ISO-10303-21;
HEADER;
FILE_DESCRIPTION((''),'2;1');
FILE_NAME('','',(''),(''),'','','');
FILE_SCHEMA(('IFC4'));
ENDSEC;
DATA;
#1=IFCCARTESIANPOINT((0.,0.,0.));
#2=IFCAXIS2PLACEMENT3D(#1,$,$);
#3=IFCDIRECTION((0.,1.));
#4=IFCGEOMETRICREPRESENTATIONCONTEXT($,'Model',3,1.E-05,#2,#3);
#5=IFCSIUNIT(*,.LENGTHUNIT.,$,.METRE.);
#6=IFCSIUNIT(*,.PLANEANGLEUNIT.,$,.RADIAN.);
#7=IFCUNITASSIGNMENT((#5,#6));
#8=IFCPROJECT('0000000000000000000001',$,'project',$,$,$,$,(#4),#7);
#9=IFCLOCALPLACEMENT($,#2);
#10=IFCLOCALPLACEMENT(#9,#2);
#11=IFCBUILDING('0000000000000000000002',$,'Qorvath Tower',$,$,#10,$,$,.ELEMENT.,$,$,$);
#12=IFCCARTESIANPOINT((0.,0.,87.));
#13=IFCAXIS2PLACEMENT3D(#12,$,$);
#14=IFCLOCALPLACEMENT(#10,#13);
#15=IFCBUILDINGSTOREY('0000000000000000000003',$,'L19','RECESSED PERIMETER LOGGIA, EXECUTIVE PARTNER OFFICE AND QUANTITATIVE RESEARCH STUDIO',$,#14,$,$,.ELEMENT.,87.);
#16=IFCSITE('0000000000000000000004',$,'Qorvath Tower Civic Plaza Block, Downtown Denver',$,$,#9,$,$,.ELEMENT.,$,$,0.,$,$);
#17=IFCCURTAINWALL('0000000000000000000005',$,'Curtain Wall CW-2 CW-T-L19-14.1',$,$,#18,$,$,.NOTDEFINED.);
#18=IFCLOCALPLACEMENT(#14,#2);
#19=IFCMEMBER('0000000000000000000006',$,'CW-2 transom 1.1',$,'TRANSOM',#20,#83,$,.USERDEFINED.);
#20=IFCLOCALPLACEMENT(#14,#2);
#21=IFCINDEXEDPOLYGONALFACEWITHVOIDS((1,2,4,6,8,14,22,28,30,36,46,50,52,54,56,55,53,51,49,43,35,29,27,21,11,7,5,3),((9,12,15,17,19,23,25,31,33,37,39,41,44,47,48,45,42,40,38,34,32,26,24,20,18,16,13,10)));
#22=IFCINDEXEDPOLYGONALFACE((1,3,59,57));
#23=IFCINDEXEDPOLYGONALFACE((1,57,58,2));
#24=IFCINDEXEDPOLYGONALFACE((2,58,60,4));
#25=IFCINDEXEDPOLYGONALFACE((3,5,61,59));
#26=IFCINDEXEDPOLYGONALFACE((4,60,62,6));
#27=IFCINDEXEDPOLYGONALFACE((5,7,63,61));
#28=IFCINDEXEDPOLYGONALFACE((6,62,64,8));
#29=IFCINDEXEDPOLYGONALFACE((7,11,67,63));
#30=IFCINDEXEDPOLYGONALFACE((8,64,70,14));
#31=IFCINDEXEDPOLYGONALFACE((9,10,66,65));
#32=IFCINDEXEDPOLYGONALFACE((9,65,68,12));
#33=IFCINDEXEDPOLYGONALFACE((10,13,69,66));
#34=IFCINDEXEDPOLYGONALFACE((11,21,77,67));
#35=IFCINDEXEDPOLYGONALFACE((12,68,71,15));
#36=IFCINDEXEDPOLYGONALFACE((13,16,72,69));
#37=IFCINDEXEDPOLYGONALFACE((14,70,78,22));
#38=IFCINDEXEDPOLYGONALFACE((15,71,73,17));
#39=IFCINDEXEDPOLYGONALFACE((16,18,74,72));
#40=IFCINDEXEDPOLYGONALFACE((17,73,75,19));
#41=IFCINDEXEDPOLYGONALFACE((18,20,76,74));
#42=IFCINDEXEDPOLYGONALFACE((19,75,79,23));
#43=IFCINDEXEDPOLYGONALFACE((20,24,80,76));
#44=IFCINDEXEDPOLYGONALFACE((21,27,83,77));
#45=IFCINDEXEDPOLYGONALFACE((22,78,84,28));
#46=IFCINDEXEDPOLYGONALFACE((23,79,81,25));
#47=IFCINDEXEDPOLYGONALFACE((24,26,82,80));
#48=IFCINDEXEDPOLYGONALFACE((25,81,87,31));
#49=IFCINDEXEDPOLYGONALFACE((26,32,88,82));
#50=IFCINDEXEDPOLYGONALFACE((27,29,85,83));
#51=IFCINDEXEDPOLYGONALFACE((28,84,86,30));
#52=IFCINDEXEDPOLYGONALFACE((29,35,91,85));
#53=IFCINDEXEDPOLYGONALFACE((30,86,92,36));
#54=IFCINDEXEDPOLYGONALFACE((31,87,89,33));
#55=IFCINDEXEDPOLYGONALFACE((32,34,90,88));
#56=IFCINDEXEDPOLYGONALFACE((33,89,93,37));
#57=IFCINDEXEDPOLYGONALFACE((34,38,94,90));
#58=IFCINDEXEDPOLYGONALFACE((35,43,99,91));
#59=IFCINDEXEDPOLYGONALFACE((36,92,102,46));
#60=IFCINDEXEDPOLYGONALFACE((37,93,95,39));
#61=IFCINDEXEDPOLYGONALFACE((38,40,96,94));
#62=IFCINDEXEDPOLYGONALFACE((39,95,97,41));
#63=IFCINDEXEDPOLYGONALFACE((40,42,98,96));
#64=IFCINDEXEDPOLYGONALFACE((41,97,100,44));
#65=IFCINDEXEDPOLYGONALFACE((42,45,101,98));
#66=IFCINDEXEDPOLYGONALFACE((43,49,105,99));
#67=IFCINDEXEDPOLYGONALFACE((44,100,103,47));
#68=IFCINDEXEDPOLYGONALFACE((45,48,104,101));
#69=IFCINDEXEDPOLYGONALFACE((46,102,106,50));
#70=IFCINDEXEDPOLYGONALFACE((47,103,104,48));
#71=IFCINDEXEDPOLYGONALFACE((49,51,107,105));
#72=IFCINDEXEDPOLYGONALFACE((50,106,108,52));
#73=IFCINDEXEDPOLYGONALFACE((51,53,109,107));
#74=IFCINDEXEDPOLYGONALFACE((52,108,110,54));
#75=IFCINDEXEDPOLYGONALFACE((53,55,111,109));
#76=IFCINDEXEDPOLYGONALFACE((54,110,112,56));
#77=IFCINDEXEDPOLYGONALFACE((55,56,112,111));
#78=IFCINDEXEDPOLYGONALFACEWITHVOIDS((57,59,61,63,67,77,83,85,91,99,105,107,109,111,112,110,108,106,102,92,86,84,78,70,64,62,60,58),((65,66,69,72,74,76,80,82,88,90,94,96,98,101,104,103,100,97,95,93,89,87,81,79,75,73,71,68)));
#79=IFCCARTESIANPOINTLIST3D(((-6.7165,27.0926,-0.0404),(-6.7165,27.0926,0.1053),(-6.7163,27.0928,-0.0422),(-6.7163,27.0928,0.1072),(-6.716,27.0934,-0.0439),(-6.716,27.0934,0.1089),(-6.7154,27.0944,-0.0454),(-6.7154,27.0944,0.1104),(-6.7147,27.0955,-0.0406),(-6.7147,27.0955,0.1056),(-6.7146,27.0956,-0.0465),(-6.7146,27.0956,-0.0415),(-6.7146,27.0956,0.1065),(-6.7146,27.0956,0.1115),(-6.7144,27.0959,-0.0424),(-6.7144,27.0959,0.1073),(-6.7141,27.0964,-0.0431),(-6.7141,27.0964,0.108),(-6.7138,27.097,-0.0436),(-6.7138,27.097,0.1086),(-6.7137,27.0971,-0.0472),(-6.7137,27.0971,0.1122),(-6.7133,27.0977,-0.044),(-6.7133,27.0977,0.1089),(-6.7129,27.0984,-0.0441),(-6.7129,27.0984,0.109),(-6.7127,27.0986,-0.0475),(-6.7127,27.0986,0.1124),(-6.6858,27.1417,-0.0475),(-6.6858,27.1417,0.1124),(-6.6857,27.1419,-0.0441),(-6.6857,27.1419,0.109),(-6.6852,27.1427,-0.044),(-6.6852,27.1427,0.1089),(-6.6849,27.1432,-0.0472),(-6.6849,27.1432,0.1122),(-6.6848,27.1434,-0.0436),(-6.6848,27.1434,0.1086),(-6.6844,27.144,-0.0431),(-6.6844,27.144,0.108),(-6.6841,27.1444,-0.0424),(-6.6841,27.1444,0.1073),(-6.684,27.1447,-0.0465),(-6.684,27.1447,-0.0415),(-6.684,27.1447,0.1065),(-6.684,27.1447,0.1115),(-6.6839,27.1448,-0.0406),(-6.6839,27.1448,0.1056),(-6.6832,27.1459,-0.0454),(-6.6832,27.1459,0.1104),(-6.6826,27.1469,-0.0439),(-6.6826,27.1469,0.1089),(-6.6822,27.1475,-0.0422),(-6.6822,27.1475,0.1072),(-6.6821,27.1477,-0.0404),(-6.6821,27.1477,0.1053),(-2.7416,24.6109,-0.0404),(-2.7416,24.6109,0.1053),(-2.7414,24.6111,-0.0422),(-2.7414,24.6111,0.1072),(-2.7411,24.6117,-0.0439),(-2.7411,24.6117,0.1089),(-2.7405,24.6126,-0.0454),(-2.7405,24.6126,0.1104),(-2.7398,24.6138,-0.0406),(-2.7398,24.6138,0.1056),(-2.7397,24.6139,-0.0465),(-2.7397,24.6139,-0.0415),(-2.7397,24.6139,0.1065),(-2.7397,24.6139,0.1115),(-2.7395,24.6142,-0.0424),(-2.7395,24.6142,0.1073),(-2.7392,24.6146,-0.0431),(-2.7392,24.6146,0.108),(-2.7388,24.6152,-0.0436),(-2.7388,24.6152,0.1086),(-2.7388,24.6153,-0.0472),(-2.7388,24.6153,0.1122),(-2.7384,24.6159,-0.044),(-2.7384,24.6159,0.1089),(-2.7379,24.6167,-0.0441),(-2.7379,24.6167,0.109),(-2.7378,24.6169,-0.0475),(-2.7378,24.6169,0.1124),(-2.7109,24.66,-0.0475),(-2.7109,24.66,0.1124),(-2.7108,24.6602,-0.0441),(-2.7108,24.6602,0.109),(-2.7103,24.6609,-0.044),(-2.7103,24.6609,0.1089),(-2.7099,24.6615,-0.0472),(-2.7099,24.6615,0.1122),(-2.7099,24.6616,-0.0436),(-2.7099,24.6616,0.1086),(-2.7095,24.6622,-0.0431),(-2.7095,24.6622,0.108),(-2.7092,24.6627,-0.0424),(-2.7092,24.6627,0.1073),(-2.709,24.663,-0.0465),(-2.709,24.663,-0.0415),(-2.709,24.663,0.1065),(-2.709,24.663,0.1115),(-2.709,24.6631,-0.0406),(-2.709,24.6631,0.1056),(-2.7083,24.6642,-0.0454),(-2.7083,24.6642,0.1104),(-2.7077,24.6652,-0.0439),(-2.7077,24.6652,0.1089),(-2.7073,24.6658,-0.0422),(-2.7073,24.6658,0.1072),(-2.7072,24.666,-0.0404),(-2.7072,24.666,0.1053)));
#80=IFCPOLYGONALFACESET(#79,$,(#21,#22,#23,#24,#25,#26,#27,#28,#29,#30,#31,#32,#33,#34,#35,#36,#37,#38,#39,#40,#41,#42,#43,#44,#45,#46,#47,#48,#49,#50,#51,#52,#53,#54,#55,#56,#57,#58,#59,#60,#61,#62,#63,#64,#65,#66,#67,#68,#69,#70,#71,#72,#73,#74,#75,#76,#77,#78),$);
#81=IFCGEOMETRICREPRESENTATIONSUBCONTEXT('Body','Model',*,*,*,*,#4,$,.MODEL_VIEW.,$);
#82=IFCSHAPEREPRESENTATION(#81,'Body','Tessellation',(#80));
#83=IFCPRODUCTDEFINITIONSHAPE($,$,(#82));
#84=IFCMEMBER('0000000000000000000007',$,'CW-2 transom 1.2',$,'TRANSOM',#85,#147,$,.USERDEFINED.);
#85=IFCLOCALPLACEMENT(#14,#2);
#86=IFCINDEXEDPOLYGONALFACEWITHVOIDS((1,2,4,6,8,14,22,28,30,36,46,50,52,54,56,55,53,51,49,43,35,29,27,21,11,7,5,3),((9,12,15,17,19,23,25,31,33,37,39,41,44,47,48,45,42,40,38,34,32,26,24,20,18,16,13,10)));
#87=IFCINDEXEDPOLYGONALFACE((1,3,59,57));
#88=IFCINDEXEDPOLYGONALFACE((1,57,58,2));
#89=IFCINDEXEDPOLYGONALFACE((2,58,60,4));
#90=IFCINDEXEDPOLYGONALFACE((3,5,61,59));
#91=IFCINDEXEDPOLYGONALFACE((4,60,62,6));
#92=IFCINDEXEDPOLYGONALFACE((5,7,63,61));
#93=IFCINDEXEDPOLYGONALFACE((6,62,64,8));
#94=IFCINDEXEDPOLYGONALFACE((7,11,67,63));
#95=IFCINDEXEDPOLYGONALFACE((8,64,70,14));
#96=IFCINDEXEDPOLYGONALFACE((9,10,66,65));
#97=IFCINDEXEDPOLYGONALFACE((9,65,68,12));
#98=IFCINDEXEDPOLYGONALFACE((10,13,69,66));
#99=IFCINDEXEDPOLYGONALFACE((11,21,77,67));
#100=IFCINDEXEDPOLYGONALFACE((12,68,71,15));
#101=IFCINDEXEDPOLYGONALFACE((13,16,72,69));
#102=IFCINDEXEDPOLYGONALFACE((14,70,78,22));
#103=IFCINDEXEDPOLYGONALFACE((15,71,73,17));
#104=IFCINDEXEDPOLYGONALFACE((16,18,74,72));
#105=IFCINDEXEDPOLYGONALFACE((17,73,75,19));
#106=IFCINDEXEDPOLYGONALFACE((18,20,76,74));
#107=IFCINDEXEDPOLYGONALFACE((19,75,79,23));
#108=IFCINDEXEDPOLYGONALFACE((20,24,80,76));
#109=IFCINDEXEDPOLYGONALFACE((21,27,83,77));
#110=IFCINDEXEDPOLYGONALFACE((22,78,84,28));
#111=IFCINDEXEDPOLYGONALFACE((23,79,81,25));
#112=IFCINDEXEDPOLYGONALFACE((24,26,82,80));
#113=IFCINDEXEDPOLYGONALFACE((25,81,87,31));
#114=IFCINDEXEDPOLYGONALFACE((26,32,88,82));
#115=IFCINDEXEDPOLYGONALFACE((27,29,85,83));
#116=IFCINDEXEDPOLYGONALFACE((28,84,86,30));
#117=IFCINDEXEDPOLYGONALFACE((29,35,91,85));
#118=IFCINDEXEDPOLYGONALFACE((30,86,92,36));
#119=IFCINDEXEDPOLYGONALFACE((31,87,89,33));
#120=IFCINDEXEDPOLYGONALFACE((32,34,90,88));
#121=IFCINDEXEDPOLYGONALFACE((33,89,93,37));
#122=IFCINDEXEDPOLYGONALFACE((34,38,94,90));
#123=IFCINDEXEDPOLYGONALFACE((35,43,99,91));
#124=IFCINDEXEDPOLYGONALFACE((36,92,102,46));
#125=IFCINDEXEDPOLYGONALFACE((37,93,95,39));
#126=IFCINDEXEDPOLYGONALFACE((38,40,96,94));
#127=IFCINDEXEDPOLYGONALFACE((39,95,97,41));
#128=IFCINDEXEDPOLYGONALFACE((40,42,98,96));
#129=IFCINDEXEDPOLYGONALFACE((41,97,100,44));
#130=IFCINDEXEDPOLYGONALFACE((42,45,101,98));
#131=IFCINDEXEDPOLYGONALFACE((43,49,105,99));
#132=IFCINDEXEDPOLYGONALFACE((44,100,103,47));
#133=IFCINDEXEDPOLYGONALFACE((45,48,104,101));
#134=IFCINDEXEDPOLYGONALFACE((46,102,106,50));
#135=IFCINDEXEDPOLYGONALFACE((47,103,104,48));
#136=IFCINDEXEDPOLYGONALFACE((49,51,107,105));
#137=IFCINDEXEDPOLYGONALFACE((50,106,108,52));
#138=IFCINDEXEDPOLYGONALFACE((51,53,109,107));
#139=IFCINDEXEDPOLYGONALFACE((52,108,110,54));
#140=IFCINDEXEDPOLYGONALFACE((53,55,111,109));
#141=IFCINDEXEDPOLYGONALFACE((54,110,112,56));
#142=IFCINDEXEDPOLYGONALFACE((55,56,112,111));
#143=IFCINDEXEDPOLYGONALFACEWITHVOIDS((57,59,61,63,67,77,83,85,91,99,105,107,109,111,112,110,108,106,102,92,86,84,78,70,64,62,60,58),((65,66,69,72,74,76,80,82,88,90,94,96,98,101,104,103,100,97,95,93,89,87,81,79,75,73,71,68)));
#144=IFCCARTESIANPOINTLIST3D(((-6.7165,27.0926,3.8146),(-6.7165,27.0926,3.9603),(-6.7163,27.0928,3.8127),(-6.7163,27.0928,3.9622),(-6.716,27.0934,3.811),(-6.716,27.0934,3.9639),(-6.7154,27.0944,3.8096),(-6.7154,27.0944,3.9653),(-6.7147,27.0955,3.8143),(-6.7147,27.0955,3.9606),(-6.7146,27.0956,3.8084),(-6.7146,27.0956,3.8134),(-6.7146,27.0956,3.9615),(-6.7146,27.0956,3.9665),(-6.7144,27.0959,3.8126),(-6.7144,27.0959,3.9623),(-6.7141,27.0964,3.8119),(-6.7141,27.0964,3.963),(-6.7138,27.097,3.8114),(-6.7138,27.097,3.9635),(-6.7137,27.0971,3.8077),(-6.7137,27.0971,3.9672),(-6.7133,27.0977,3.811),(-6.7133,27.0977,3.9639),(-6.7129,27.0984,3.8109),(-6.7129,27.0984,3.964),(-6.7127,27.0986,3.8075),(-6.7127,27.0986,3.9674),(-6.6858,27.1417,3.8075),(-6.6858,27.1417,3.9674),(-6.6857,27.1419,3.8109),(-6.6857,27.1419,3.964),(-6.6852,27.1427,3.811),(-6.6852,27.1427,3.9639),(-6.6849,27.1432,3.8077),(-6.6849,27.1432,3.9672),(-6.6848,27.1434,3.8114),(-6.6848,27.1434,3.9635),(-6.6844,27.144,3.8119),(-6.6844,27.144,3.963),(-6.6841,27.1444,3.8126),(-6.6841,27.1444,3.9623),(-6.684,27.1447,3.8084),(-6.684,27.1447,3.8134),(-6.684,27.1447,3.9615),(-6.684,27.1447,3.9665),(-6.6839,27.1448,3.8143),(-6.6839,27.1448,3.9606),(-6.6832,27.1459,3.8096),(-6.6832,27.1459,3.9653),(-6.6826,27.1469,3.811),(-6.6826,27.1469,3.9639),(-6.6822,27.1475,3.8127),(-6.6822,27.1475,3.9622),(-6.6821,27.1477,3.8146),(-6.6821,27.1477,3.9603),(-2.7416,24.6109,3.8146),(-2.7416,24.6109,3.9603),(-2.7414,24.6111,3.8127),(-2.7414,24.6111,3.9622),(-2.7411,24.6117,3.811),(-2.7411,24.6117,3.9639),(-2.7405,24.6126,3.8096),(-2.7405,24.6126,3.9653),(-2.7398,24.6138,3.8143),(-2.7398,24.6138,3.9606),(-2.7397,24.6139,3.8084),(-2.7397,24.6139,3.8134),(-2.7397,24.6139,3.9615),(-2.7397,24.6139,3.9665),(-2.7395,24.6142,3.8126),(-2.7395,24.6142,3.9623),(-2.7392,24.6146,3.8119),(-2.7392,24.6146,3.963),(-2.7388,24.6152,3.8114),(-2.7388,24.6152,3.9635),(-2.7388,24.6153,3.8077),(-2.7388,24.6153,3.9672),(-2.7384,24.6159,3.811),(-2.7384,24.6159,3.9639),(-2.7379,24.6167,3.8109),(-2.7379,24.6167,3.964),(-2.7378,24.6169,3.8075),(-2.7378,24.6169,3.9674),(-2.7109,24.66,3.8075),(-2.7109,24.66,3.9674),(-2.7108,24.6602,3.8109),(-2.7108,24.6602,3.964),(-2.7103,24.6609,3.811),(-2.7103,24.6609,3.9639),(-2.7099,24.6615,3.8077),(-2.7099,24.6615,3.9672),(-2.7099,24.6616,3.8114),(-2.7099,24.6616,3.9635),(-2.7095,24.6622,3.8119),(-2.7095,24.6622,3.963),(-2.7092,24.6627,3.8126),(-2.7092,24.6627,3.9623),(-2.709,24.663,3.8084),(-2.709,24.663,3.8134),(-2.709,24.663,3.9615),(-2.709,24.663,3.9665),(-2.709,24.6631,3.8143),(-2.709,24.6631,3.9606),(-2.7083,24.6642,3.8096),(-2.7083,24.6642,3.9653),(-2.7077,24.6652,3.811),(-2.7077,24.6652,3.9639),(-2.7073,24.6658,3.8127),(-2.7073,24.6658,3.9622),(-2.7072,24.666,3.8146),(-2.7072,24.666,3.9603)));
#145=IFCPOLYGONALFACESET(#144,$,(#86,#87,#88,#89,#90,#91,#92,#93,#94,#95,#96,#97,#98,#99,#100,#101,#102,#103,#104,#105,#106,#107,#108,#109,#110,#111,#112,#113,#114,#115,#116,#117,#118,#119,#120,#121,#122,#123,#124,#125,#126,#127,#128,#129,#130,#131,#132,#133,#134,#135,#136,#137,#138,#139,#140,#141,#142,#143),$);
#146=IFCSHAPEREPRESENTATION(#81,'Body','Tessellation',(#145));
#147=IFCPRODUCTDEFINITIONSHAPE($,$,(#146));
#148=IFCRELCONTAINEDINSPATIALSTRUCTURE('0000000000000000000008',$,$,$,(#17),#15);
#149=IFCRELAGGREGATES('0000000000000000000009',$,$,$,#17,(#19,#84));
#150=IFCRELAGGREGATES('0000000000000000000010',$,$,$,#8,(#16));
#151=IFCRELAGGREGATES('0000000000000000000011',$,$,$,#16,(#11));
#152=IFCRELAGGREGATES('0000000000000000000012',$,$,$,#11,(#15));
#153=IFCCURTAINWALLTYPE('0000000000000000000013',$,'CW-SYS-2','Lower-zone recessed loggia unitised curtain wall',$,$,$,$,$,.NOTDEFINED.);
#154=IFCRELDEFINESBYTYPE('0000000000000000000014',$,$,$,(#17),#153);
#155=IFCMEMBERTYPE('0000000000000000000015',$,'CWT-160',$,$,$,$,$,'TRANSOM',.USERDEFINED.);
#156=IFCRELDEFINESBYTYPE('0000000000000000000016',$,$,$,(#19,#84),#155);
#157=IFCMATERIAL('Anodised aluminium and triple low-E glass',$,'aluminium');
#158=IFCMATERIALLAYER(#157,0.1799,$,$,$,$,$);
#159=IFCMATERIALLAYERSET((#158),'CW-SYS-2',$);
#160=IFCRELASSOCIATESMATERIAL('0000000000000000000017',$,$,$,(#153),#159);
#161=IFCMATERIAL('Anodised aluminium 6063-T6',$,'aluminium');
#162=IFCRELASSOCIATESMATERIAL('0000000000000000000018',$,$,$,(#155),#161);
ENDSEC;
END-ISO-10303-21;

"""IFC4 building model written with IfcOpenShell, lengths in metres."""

from ifc_helpers import new_model, si_unit, direction, frame, origin, origin_2d, place, context, subcontext, project, spatial, hollow_rectangle, extrude, material, layer, layer_set, material_profile, profile_set, type_object, element, aggregate, save


model = new_model("IFC4")

# Units and contexts
model_context = context("Model", 3, precision=1e-05, world=origin(), true_north=direction((0.0, 1.0)))
body_context = subcontext(model_context, "Body", "Model", "MODEL_VIEW")
ifc_project = project(units=[si_unit("LENGTHUNIT", "METRE"), si_unit("PLANEANGLEUNIT", "RADIAN")], contexts=[model_context])

# Site, building, storey
site_placement = place(None, origin())
site = spatial("IfcSite", under=ifc_project, at=site_placement, Name="Qorvath Tower Civic Plaza Block, Downtown Denver", CompositionType="ELEMENT", RefElevation=0.0)
building_placement = place(site_placement, origin())
building = spatial("IfcBuilding", under=site, at=building_placement, Name="Qorvath Tower", CompositionType="ELEMENT")
storey_placement = place(building_placement, frame((0.0, 0.0, 87.0)))
storey = spatial("IfcBuildingStorey", under=building, at=storey_placement, Name="L19", Description="RECESSED PERIMETER LOGGIA, EXECUTIVE PARTNER OFFICE AND QUANTITATIVE RESEARCH STUDIO", CompositionType="ELEMENT", Elevation=87.0)

# Shared definitions
ifc_material_1 = material(Name="Anodised aluminium and triple low-E glass", Category="aluminium")
ifc_layer_1 = layer(ifc_material_1, 0.1799)
ifc_layer_set_1 = layer_set([ifc_layer_1], Name="CW-SYS-2")
curtain_wall_type = type_object("IfcCurtainWallType", Name="CW-SYS-2", Description="Lower-zone recessed loggia unitised curtain wall", PredefinedType="NOTDEFINED", material=ifc_layer_set_1)

# Curtain wall
curtain_wall_1_placement = place(storey_placement, origin())
curtain_wall_1 = element("IfcCurtainWall", 1, at=curtain_wall_1_placement, inside=storey, type_object=curtain_wall_type, Name="Curtain Wall CW-2 CW-T-L19-14.1", PredefinedType="NOTDEFINED")

# Members
ifc_material_2 = material(Name="Anodised aluminium 6063-T6", Category="aluminium")
ifc_material_profile_1 = material_profile(ifc_material_2, hollow_rectangle(XDim=0.0649, YDim=0.1599, WallThickness=0.0034, InnerFilletRadius=0.0034, OuterFilletRadius=0.0071, at=origin_2d()), Name="CWT 160x65")
ifc_profile_set_1 = profile_set([ifc_material_profile_1], Name="Anodised aluminium 6063-T6")
member_type_1 = type_object("IfcMemberType", Name="CWT-160", ElementType="TRANSOM", PredefinedType="USERDEFINED", material=ifc_profile_set_1)
member_1_placement = place(storey_placement, frame((-2.7244, 24.6384, 0.0325), z_axis=(-0.848247, 0.529601, 0.0), x_axis=(-0.529601, -0.848247, 0.0)))
member_1 = element("IfcMember", 2, at=member_1_placement, type_object=member_type_1, Name="CW-2 transom 1.1", ObjectType="TRANSOM", PredefinedType="USERDEFINED", context=body_context, shape_type="SweptSolid", body=[
    extrude(hollow_rectangle(XDim=0.0649, YDim=0.1599, WallThickness=0.0034, InnerFilletRadius=0.0034, OuterFilletRadius=0.0071, at=origin_2d()), origin(), (0.0, 0.0, 1.0), 4.686),
])
member_2_placement = place(storey_placement, frame((-2.7244, 24.6384, 3.8875), z_axis=(-0.848247, 0.529601, 0.0), x_axis=(-0.529601, -0.848247, 0.0)))
member_2 = element("IfcMember", 3, at=member_2_placement, type_object=member_type_1, Name="CW-2 transom 1.2", ObjectType="TRANSOM", PredefinedType="USERDEFINED", context=body_context, shape_type="SweptSolid", body=[
    extrude(hollow_rectangle(XDim=0.0649, YDim=0.1599, WallThickness=0.0034, InnerFilletRadius=0.0034, OuterFilletRadius=0.0071, at=origin_2d()), origin(), (0.0, 0.0, 1.0), 4.686),
])

aggregate(curtain_wall_1, [member_1, member_2])

save(model, "model.ifc")
